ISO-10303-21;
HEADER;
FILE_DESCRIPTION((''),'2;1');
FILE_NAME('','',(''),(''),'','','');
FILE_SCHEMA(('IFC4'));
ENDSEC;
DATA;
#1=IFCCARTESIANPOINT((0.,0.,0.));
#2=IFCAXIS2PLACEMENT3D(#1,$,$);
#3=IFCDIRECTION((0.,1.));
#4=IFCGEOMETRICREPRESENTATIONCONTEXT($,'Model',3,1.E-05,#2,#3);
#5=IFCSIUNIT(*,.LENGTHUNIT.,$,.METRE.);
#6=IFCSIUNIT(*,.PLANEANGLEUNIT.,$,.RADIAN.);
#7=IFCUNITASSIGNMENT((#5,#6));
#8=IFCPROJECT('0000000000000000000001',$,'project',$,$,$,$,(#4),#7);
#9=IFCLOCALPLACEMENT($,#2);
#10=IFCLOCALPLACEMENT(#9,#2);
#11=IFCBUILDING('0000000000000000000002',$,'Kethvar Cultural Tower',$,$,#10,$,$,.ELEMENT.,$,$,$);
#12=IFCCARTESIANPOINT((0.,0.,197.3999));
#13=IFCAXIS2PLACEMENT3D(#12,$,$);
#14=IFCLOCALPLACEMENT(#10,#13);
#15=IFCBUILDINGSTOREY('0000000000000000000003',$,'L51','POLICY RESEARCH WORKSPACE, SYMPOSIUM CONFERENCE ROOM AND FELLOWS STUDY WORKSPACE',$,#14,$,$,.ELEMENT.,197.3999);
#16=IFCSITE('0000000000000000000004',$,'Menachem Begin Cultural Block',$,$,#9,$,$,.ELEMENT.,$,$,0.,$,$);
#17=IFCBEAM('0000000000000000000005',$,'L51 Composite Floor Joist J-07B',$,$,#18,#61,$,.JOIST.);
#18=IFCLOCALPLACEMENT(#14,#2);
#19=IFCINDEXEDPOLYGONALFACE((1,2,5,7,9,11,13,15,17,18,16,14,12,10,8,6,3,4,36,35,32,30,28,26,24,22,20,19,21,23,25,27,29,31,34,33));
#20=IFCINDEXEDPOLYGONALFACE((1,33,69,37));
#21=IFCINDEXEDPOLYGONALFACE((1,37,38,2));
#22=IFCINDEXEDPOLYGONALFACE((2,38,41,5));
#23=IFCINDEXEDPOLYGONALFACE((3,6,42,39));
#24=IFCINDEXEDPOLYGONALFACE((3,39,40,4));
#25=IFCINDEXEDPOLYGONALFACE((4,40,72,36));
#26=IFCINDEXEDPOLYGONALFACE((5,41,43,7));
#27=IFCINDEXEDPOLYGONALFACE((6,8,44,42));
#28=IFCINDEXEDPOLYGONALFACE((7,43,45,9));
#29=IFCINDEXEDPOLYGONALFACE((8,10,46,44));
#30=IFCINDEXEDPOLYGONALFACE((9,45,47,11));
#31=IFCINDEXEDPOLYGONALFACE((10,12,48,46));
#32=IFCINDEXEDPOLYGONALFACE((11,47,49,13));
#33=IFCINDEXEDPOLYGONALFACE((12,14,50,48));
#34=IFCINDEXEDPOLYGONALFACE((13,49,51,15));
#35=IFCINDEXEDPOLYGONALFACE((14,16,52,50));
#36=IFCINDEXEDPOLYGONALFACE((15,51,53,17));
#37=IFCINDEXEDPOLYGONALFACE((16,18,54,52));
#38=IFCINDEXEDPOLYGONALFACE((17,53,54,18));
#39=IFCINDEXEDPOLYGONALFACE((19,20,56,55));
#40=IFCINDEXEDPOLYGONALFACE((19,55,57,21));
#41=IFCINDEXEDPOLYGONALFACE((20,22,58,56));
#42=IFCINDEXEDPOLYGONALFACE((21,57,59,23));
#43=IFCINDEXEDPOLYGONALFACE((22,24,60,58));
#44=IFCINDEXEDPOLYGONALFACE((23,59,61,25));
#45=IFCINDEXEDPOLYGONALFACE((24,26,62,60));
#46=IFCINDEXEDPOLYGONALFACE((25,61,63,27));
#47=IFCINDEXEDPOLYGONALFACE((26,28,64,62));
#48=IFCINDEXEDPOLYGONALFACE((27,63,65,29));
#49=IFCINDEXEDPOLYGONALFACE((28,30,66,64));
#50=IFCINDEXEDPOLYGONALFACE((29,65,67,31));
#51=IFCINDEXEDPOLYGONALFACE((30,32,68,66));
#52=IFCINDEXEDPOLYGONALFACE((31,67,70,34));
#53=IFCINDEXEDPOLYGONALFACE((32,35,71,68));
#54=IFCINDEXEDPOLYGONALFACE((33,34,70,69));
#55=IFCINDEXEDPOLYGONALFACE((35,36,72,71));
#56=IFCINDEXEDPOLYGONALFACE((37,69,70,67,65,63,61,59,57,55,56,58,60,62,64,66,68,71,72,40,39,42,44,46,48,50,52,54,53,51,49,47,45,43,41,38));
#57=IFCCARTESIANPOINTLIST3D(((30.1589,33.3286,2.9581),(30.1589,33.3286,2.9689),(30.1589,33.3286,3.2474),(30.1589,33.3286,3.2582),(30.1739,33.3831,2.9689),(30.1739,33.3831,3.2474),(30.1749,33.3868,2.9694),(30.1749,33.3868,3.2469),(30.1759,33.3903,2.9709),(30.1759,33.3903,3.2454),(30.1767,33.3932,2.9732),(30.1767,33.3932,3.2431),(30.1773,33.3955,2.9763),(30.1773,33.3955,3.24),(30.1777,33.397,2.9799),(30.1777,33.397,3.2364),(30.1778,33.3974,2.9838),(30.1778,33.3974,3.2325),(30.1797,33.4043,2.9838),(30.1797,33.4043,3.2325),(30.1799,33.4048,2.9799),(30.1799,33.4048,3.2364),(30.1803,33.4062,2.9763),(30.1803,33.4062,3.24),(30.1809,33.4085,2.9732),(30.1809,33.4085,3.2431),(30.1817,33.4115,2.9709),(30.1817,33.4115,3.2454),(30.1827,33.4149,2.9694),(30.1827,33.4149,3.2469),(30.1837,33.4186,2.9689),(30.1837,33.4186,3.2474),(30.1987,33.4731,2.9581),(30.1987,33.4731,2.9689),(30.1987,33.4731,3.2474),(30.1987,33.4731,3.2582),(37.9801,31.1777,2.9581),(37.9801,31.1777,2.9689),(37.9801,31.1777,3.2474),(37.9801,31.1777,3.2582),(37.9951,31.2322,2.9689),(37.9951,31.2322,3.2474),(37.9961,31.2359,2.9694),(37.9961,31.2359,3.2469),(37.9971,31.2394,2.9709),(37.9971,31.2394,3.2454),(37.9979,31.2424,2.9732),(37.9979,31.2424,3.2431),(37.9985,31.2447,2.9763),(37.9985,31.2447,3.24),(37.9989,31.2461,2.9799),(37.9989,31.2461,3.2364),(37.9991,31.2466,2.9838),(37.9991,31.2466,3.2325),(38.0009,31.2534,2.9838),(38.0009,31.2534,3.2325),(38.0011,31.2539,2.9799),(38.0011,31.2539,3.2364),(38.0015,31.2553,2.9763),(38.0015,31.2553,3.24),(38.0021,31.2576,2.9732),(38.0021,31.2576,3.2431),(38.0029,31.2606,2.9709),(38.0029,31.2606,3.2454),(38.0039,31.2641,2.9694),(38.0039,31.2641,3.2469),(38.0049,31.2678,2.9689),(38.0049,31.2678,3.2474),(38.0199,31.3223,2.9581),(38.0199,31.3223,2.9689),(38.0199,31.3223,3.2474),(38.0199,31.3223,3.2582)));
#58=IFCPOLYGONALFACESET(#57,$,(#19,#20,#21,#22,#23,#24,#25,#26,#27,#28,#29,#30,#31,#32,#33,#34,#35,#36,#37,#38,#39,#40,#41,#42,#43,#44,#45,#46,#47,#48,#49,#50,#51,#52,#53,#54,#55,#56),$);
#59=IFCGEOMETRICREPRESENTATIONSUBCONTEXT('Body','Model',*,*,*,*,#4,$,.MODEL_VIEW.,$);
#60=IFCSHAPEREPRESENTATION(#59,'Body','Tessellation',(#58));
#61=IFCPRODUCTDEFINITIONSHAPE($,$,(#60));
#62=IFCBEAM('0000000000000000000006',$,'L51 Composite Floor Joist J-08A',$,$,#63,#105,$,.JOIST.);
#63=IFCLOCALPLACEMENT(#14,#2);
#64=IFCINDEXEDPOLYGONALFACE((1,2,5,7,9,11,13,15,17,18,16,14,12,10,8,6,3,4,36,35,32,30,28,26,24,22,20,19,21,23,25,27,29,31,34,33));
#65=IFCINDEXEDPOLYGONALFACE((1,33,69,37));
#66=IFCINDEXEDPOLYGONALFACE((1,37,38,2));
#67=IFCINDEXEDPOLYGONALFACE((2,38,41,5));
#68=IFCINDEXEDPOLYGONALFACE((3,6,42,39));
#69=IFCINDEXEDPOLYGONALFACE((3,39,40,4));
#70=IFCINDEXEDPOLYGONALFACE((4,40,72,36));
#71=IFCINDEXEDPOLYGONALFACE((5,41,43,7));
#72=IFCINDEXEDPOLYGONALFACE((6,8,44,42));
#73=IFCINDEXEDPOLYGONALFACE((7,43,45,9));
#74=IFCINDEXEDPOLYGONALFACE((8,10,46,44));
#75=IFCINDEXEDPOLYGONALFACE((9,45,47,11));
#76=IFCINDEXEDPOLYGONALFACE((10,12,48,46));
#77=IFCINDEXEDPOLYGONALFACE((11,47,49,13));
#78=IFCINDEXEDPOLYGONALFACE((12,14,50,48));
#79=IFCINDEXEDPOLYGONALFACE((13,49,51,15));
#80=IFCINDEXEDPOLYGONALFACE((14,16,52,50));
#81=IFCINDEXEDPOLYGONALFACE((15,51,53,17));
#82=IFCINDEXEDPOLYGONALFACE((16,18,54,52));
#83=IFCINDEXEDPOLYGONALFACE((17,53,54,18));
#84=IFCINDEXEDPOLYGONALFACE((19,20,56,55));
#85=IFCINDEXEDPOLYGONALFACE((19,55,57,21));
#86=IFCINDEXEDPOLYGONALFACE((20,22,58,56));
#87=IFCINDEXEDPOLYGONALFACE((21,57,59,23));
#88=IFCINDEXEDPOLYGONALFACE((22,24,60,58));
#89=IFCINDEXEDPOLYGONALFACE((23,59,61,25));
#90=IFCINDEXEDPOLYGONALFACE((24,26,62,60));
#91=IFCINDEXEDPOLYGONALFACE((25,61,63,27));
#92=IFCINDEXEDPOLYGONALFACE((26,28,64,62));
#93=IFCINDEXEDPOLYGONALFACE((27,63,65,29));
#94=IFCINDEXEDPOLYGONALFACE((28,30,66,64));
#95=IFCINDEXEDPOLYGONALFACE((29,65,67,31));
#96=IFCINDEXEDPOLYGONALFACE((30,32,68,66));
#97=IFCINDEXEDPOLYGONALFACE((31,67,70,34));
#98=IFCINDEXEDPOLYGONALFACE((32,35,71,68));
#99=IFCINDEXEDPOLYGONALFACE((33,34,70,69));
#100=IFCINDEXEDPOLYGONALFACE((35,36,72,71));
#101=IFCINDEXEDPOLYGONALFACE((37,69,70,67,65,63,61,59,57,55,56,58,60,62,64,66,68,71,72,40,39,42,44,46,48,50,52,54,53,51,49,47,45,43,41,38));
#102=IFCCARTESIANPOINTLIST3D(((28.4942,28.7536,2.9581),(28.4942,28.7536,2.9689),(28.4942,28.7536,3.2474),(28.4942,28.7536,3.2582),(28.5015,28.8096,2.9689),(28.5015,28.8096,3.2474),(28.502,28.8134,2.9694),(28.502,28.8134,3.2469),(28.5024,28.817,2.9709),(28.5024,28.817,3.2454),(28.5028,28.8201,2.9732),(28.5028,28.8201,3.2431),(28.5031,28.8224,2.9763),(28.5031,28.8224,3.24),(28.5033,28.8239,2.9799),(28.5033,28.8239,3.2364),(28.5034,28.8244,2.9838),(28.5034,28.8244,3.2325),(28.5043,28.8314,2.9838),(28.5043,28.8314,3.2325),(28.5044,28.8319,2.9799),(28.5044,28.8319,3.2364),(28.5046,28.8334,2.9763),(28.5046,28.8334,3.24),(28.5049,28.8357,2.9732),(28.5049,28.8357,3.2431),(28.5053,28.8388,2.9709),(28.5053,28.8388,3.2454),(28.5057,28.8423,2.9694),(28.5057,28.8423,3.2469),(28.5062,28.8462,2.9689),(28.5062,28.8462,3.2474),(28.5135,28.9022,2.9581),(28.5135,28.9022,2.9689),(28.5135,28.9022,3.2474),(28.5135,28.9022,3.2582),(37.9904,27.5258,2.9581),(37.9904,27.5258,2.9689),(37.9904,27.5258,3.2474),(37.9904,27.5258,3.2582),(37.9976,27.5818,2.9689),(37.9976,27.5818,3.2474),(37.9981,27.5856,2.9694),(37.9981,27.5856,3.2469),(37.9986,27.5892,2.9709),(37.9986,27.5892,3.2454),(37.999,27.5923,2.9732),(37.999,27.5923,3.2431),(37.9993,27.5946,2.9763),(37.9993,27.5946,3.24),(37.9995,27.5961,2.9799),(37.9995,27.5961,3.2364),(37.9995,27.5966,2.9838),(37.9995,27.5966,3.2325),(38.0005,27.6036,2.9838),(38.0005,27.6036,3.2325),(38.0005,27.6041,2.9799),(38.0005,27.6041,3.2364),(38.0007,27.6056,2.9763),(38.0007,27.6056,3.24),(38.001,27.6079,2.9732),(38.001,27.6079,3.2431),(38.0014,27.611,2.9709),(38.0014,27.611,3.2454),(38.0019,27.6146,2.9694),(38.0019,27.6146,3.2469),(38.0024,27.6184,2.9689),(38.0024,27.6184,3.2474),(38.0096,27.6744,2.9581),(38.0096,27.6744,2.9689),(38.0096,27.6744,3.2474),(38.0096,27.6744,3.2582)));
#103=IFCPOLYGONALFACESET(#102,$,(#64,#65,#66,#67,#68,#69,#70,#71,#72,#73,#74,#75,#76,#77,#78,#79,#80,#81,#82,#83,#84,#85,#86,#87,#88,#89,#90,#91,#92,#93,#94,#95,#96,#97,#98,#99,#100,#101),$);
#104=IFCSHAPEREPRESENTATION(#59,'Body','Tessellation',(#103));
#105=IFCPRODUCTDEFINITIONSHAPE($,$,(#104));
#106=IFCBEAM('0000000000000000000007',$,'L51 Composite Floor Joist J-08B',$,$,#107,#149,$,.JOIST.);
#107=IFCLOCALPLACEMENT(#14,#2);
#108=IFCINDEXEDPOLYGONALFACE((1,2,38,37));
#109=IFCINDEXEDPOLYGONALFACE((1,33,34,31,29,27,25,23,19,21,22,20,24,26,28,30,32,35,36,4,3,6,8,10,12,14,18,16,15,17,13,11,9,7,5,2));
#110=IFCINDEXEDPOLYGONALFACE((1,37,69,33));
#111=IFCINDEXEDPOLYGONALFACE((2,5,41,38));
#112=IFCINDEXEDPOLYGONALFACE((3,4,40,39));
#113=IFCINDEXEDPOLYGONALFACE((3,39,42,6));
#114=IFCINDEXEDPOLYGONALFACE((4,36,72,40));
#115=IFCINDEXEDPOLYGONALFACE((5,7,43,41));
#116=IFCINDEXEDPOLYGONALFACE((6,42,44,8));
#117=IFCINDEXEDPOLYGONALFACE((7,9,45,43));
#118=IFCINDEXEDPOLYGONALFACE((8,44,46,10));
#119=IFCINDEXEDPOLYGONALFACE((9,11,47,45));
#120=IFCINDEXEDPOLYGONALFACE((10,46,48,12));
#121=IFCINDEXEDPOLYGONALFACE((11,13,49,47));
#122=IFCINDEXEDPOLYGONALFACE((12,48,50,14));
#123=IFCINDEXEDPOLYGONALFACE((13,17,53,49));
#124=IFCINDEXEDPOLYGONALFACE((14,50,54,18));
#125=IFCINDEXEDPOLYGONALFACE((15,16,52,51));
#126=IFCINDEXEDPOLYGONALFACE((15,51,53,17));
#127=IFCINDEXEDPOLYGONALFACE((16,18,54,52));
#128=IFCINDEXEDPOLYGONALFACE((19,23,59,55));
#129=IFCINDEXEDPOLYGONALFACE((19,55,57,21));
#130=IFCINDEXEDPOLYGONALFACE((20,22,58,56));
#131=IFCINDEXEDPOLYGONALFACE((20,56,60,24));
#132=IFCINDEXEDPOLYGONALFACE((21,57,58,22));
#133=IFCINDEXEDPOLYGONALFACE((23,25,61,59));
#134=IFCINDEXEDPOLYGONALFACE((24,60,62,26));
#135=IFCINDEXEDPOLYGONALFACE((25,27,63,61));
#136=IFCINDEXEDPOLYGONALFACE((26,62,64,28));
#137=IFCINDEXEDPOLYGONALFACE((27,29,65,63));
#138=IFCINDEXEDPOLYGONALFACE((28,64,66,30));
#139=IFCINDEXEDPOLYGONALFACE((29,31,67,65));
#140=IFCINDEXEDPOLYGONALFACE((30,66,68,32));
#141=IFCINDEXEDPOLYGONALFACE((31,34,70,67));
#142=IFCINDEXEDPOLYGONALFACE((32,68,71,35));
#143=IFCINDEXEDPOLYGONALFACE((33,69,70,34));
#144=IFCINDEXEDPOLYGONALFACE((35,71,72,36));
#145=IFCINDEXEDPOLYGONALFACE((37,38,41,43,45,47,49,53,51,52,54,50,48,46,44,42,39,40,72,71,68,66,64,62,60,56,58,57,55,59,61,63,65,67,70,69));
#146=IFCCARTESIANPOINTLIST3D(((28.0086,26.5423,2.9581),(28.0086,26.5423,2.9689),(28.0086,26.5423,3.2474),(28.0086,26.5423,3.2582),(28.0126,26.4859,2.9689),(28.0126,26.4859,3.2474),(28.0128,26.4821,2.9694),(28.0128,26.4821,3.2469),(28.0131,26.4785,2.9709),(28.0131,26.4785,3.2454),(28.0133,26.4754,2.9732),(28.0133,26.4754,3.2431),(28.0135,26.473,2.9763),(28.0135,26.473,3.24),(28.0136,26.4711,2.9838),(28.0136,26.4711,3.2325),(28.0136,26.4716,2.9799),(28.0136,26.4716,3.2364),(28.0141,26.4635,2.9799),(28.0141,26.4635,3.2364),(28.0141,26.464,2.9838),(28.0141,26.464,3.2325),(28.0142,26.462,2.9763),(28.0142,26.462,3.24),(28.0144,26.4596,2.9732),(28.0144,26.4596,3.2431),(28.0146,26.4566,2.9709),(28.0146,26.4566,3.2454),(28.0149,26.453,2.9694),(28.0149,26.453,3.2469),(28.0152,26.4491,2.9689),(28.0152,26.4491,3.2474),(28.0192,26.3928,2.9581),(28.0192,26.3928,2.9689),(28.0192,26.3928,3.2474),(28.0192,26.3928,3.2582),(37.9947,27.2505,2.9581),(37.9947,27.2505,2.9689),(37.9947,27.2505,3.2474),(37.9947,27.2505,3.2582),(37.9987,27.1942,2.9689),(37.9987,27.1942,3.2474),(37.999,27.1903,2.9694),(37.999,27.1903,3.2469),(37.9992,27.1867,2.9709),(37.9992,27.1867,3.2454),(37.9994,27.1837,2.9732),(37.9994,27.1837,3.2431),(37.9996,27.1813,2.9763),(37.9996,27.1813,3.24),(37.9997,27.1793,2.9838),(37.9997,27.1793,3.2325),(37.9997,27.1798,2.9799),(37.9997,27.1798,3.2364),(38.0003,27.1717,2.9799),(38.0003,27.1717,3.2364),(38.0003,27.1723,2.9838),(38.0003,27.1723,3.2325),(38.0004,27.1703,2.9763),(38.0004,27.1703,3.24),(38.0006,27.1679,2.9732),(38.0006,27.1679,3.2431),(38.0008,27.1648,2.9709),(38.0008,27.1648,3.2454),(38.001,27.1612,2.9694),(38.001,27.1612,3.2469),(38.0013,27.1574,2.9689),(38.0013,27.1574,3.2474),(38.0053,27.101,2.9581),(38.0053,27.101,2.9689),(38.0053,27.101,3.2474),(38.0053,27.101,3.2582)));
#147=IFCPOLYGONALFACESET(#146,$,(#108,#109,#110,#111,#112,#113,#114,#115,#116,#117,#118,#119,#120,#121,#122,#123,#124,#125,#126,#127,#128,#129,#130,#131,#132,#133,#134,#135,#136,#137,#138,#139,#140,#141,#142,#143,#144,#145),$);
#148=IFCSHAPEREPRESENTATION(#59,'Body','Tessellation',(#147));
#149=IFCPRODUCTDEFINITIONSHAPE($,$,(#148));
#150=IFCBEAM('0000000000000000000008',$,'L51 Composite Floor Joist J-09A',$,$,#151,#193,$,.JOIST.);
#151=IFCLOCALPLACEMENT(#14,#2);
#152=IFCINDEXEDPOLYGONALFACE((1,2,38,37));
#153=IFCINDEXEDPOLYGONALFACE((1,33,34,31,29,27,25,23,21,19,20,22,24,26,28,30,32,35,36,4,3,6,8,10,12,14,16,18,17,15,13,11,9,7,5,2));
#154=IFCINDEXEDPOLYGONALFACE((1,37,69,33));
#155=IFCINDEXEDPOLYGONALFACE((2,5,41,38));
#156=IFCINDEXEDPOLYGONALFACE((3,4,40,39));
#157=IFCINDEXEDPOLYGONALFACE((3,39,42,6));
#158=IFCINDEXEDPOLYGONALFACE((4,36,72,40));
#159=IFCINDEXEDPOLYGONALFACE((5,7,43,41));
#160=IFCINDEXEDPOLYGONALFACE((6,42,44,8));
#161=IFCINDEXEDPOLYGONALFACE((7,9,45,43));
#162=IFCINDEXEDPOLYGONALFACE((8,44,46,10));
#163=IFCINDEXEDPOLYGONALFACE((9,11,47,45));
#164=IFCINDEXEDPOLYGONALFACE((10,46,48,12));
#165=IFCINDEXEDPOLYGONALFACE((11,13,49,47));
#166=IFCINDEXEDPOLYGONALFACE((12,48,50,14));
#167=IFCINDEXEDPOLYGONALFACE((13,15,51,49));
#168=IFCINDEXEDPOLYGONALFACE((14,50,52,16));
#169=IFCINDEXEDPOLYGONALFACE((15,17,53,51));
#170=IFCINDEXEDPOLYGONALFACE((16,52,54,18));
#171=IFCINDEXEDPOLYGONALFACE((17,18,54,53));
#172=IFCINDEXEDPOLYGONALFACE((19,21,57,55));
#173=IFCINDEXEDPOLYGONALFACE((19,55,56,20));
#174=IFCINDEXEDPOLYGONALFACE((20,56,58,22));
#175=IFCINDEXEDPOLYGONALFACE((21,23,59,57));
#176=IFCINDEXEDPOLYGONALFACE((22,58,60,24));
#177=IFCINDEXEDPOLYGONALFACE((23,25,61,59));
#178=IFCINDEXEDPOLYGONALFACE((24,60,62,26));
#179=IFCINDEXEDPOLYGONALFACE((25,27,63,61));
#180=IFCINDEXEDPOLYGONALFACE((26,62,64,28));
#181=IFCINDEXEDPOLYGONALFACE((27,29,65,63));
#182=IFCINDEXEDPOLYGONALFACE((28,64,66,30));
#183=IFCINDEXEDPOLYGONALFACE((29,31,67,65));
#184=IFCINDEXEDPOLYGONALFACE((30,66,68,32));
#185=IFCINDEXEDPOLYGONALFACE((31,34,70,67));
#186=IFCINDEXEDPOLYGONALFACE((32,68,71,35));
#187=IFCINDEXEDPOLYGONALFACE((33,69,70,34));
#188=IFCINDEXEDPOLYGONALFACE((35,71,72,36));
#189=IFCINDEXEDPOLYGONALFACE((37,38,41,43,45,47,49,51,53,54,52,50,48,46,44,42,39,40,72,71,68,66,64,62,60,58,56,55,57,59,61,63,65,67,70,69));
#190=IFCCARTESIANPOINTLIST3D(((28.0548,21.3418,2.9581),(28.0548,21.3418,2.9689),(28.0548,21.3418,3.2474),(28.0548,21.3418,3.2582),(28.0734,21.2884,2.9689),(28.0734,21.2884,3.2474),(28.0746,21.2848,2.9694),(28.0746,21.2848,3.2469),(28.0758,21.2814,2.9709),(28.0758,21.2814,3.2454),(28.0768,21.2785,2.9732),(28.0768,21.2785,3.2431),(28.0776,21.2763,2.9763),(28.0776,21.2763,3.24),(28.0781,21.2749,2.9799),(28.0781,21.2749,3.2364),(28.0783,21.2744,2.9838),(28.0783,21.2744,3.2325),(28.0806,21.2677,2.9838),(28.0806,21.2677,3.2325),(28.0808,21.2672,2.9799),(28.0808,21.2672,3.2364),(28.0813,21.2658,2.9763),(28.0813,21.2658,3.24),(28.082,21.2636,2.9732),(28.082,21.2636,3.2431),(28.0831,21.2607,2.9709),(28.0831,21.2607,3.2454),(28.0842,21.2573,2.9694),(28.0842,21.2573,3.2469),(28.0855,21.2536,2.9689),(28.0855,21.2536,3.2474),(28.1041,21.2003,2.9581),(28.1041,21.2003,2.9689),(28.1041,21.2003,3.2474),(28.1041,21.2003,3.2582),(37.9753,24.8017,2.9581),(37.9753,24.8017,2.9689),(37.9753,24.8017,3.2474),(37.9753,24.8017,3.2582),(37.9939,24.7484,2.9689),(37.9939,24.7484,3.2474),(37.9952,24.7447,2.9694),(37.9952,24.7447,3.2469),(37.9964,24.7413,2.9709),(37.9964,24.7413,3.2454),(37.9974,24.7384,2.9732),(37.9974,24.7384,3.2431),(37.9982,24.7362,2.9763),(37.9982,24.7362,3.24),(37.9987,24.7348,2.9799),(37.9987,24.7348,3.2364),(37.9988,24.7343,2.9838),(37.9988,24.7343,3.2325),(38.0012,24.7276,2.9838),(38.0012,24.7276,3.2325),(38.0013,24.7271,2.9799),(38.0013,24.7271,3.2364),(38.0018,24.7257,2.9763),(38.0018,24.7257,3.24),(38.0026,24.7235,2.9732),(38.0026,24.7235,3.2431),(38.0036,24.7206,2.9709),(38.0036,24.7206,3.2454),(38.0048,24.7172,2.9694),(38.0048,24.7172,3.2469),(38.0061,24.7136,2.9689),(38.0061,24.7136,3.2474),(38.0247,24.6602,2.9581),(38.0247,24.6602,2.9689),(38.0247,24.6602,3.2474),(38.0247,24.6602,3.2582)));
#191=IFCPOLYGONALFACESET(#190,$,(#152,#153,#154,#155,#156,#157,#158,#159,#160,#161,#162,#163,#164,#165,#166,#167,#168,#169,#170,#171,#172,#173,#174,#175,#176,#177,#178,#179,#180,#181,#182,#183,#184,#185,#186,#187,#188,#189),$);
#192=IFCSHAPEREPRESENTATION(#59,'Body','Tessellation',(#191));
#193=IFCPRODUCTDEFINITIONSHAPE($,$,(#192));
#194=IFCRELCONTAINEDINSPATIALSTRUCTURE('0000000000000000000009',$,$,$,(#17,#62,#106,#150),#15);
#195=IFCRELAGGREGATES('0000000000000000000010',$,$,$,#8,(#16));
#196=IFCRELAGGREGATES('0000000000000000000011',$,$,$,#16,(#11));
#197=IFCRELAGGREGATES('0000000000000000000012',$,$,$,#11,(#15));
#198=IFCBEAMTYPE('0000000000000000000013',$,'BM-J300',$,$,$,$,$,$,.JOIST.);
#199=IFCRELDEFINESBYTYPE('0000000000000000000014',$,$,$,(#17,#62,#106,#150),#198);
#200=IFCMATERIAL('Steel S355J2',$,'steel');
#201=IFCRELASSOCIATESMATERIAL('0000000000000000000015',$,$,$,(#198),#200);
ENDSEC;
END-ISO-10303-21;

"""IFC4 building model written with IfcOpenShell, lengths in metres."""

from ifc_helpers import new_model, si_unit, direction, frame, origin, origin_2d, place, context, subcontext, project, spatial, i_section, extrude, source, transform, mapped, material, material_profile, profile_set, type_object, element, save


model = new_model("IFC4")

# Units and contexts
model_context = context("Model", 3, precision=1e-05, world=origin(), true_north=direction((0.0, 1.0)))
body_context = subcontext(model_context, "Body", "Model", "MODEL_VIEW")
ifc_project = project(units=[si_unit("LENGTHUNIT", "METRE"), si_unit("PLANEANGLEUNIT", "RADIAN")], contexts=[model_context])

# Site, building, storey
site_placement = place(None, origin())
site = spatial("IfcSite", under=ifc_project, at=site_placement, Name="Menachem Begin Cultural Block", CompositionType="ELEMENT", RefElevation=0.0)
building_placement = place(site_placement, origin())
building = spatial("IfcBuilding", under=site, at=building_placement, Name="Kethvar Cultural Tower", CompositionType="ELEMENT")
storey_placement = place(building_placement, frame((0.0, 0.0, 197.3999)))
storey = spatial("IfcBuildingStorey", under=building, at=storey_placement, Name="L51", Description="POLICY RESEARCH WORKSPACE, SYMPOSIUM CONFERENCE ROOM AND FELLOWS STUDY WORKSPACE", CompositionType="ELEMENT", Elevation=197.3999)

# Beams
ifc_material_1 = material(Name="Steel S355J2", Category="steel")
ifc_material_profile_1 = material_profile(ifc_material_1, i_section(OverallWidth=0.1499, OverallDepth=0.3, WebThickness=0.0071, FlangeThickness=0.0107, FilletRadius=0.0149, at=origin_2d()), Name="Steel S355J2 — IPE300")
ifc_profile_set_1 = profile_set([ifc_material_profile_1], Name="Steel S355J2 — IPE300")
beam_type_1 = type_object("IfcBeamType", Name="BM-J300", PredefinedType="JOIST", material=ifc_profile_set_1)
shared_shape_1 = source(origin(), body_context, "Body", "SweptSolid", [
    extrude(i_section(OverallWidth=0.1499, OverallDepth=0.3, WebThickness=0.0071, FlangeThickness=0.0107, FilletRadius=0.0149, at=origin_2d()), origin(), (0.0, 0.0, 1.0), 8.1116),
])
beam_1_placement = place(storey_placement, frame((38.0, 31.25, 3.1082), z_axis=(-0.964205, 0.265159, 0.0), x_axis=(-0.265159, -0.964205, 0.0)))
element("IfcBeam", 1, at=beam_1_placement, inside=storey, type_object=beam_type_1, Name="L51 Composite Floor Joist J-07B", PredefinedType="JOIST", context=body_context, shape_type="MappedRepresentation", body=[
    mapped(shared_shape_1, transform((0.0, 0.0, 0.0), scale=1.0)),
])
shared_shape_2 = source(origin(), body_context, "Body", "SweptSolid", [
    extrude(i_section(OverallWidth=0.1499, OverallDepth=0.3, WebThickness=0.0071, FlangeThickness=0.0107, FilletRadius=0.0149, at=origin_2d()), origin(), (0.0, 0.0, 1.0), 9.5752),
])
beam_2_placement = place(storey_placement, frame((38.0, 27.6001, 3.1082), z_axis=(-0.991745, 0.128226, 0.0), x_axis=(-0.128226, -0.991745, 0.0)))
element("IfcBeam", 2, at=beam_2_placement, inside=storey, type_object=beam_type_1, Name="L51 Composite Floor Joist J-08A", PredefinedType="JOIST", context=body_context, shape_type="MappedRepresentation", body=[
    mapped(shared_shape_2, transform((0.0, 0.0, 0.0), scale=1.0)),
])
shared_shape_3 = source(origin(), body_context, "Body", "SweptSolid", [
    extrude(i_section(OverallWidth=0.1499, OverallDepth=0.3, WebThickness=0.0071, FlangeThickness=0.0107, FilletRadius=0.0149, at=origin_2d()), origin(), (0.0, 0.0, 1.0), 10.0112),
])
beam_3_placement = place(storey_placement, frame((38.0, 27.1758, 3.1082), z_axis=(-0.997494, -0.070746, 0.0), x_axis=(0.070746, -0.997494, 0.0)))
element("IfcBeam", 3, at=beam_3_placement, inside=storey, type_object=beam_type_1, Name="L51 Composite Floor Joist J-08B", PredefinedType="JOIST", context=body_context, shape_type="MappedRepresentation", body=[
    mapped(shared_shape_3, transform((0.0, 0.0, 0.0), scale=1.0)),
])
shared_shape_4 = source(origin(), body_context, "Body", "SweptSolid", [
    extrude(i_section(OverallWidth=0.1499, OverallDepth=0.3, WebThickness=0.0071, FlangeThickness=0.0107, FilletRadius=0.0149, at=origin_2d()), origin(), (0.0, 0.0, 1.0), 10.5066),
])
beam_4_placement = place(storey_placement, frame((38.0, 24.731, 3.1082), z_axis=(-0.944222, -0.32931, 0.0), x_axis=(0.32931, -0.944222, 0.0)))
element("IfcBeam", 4, at=beam_4_placement, inside=storey, type_object=beam_type_1, Name="L51 Composite Floor Joist J-09A", PredefinedType="JOIST", context=body_context, shape_type="MappedRepresentation", body=[
    mapped(shared_shape_4, transform((0.0, 0.0, 0.0), scale=1.0)),
])

save(model, "model.ifc")
